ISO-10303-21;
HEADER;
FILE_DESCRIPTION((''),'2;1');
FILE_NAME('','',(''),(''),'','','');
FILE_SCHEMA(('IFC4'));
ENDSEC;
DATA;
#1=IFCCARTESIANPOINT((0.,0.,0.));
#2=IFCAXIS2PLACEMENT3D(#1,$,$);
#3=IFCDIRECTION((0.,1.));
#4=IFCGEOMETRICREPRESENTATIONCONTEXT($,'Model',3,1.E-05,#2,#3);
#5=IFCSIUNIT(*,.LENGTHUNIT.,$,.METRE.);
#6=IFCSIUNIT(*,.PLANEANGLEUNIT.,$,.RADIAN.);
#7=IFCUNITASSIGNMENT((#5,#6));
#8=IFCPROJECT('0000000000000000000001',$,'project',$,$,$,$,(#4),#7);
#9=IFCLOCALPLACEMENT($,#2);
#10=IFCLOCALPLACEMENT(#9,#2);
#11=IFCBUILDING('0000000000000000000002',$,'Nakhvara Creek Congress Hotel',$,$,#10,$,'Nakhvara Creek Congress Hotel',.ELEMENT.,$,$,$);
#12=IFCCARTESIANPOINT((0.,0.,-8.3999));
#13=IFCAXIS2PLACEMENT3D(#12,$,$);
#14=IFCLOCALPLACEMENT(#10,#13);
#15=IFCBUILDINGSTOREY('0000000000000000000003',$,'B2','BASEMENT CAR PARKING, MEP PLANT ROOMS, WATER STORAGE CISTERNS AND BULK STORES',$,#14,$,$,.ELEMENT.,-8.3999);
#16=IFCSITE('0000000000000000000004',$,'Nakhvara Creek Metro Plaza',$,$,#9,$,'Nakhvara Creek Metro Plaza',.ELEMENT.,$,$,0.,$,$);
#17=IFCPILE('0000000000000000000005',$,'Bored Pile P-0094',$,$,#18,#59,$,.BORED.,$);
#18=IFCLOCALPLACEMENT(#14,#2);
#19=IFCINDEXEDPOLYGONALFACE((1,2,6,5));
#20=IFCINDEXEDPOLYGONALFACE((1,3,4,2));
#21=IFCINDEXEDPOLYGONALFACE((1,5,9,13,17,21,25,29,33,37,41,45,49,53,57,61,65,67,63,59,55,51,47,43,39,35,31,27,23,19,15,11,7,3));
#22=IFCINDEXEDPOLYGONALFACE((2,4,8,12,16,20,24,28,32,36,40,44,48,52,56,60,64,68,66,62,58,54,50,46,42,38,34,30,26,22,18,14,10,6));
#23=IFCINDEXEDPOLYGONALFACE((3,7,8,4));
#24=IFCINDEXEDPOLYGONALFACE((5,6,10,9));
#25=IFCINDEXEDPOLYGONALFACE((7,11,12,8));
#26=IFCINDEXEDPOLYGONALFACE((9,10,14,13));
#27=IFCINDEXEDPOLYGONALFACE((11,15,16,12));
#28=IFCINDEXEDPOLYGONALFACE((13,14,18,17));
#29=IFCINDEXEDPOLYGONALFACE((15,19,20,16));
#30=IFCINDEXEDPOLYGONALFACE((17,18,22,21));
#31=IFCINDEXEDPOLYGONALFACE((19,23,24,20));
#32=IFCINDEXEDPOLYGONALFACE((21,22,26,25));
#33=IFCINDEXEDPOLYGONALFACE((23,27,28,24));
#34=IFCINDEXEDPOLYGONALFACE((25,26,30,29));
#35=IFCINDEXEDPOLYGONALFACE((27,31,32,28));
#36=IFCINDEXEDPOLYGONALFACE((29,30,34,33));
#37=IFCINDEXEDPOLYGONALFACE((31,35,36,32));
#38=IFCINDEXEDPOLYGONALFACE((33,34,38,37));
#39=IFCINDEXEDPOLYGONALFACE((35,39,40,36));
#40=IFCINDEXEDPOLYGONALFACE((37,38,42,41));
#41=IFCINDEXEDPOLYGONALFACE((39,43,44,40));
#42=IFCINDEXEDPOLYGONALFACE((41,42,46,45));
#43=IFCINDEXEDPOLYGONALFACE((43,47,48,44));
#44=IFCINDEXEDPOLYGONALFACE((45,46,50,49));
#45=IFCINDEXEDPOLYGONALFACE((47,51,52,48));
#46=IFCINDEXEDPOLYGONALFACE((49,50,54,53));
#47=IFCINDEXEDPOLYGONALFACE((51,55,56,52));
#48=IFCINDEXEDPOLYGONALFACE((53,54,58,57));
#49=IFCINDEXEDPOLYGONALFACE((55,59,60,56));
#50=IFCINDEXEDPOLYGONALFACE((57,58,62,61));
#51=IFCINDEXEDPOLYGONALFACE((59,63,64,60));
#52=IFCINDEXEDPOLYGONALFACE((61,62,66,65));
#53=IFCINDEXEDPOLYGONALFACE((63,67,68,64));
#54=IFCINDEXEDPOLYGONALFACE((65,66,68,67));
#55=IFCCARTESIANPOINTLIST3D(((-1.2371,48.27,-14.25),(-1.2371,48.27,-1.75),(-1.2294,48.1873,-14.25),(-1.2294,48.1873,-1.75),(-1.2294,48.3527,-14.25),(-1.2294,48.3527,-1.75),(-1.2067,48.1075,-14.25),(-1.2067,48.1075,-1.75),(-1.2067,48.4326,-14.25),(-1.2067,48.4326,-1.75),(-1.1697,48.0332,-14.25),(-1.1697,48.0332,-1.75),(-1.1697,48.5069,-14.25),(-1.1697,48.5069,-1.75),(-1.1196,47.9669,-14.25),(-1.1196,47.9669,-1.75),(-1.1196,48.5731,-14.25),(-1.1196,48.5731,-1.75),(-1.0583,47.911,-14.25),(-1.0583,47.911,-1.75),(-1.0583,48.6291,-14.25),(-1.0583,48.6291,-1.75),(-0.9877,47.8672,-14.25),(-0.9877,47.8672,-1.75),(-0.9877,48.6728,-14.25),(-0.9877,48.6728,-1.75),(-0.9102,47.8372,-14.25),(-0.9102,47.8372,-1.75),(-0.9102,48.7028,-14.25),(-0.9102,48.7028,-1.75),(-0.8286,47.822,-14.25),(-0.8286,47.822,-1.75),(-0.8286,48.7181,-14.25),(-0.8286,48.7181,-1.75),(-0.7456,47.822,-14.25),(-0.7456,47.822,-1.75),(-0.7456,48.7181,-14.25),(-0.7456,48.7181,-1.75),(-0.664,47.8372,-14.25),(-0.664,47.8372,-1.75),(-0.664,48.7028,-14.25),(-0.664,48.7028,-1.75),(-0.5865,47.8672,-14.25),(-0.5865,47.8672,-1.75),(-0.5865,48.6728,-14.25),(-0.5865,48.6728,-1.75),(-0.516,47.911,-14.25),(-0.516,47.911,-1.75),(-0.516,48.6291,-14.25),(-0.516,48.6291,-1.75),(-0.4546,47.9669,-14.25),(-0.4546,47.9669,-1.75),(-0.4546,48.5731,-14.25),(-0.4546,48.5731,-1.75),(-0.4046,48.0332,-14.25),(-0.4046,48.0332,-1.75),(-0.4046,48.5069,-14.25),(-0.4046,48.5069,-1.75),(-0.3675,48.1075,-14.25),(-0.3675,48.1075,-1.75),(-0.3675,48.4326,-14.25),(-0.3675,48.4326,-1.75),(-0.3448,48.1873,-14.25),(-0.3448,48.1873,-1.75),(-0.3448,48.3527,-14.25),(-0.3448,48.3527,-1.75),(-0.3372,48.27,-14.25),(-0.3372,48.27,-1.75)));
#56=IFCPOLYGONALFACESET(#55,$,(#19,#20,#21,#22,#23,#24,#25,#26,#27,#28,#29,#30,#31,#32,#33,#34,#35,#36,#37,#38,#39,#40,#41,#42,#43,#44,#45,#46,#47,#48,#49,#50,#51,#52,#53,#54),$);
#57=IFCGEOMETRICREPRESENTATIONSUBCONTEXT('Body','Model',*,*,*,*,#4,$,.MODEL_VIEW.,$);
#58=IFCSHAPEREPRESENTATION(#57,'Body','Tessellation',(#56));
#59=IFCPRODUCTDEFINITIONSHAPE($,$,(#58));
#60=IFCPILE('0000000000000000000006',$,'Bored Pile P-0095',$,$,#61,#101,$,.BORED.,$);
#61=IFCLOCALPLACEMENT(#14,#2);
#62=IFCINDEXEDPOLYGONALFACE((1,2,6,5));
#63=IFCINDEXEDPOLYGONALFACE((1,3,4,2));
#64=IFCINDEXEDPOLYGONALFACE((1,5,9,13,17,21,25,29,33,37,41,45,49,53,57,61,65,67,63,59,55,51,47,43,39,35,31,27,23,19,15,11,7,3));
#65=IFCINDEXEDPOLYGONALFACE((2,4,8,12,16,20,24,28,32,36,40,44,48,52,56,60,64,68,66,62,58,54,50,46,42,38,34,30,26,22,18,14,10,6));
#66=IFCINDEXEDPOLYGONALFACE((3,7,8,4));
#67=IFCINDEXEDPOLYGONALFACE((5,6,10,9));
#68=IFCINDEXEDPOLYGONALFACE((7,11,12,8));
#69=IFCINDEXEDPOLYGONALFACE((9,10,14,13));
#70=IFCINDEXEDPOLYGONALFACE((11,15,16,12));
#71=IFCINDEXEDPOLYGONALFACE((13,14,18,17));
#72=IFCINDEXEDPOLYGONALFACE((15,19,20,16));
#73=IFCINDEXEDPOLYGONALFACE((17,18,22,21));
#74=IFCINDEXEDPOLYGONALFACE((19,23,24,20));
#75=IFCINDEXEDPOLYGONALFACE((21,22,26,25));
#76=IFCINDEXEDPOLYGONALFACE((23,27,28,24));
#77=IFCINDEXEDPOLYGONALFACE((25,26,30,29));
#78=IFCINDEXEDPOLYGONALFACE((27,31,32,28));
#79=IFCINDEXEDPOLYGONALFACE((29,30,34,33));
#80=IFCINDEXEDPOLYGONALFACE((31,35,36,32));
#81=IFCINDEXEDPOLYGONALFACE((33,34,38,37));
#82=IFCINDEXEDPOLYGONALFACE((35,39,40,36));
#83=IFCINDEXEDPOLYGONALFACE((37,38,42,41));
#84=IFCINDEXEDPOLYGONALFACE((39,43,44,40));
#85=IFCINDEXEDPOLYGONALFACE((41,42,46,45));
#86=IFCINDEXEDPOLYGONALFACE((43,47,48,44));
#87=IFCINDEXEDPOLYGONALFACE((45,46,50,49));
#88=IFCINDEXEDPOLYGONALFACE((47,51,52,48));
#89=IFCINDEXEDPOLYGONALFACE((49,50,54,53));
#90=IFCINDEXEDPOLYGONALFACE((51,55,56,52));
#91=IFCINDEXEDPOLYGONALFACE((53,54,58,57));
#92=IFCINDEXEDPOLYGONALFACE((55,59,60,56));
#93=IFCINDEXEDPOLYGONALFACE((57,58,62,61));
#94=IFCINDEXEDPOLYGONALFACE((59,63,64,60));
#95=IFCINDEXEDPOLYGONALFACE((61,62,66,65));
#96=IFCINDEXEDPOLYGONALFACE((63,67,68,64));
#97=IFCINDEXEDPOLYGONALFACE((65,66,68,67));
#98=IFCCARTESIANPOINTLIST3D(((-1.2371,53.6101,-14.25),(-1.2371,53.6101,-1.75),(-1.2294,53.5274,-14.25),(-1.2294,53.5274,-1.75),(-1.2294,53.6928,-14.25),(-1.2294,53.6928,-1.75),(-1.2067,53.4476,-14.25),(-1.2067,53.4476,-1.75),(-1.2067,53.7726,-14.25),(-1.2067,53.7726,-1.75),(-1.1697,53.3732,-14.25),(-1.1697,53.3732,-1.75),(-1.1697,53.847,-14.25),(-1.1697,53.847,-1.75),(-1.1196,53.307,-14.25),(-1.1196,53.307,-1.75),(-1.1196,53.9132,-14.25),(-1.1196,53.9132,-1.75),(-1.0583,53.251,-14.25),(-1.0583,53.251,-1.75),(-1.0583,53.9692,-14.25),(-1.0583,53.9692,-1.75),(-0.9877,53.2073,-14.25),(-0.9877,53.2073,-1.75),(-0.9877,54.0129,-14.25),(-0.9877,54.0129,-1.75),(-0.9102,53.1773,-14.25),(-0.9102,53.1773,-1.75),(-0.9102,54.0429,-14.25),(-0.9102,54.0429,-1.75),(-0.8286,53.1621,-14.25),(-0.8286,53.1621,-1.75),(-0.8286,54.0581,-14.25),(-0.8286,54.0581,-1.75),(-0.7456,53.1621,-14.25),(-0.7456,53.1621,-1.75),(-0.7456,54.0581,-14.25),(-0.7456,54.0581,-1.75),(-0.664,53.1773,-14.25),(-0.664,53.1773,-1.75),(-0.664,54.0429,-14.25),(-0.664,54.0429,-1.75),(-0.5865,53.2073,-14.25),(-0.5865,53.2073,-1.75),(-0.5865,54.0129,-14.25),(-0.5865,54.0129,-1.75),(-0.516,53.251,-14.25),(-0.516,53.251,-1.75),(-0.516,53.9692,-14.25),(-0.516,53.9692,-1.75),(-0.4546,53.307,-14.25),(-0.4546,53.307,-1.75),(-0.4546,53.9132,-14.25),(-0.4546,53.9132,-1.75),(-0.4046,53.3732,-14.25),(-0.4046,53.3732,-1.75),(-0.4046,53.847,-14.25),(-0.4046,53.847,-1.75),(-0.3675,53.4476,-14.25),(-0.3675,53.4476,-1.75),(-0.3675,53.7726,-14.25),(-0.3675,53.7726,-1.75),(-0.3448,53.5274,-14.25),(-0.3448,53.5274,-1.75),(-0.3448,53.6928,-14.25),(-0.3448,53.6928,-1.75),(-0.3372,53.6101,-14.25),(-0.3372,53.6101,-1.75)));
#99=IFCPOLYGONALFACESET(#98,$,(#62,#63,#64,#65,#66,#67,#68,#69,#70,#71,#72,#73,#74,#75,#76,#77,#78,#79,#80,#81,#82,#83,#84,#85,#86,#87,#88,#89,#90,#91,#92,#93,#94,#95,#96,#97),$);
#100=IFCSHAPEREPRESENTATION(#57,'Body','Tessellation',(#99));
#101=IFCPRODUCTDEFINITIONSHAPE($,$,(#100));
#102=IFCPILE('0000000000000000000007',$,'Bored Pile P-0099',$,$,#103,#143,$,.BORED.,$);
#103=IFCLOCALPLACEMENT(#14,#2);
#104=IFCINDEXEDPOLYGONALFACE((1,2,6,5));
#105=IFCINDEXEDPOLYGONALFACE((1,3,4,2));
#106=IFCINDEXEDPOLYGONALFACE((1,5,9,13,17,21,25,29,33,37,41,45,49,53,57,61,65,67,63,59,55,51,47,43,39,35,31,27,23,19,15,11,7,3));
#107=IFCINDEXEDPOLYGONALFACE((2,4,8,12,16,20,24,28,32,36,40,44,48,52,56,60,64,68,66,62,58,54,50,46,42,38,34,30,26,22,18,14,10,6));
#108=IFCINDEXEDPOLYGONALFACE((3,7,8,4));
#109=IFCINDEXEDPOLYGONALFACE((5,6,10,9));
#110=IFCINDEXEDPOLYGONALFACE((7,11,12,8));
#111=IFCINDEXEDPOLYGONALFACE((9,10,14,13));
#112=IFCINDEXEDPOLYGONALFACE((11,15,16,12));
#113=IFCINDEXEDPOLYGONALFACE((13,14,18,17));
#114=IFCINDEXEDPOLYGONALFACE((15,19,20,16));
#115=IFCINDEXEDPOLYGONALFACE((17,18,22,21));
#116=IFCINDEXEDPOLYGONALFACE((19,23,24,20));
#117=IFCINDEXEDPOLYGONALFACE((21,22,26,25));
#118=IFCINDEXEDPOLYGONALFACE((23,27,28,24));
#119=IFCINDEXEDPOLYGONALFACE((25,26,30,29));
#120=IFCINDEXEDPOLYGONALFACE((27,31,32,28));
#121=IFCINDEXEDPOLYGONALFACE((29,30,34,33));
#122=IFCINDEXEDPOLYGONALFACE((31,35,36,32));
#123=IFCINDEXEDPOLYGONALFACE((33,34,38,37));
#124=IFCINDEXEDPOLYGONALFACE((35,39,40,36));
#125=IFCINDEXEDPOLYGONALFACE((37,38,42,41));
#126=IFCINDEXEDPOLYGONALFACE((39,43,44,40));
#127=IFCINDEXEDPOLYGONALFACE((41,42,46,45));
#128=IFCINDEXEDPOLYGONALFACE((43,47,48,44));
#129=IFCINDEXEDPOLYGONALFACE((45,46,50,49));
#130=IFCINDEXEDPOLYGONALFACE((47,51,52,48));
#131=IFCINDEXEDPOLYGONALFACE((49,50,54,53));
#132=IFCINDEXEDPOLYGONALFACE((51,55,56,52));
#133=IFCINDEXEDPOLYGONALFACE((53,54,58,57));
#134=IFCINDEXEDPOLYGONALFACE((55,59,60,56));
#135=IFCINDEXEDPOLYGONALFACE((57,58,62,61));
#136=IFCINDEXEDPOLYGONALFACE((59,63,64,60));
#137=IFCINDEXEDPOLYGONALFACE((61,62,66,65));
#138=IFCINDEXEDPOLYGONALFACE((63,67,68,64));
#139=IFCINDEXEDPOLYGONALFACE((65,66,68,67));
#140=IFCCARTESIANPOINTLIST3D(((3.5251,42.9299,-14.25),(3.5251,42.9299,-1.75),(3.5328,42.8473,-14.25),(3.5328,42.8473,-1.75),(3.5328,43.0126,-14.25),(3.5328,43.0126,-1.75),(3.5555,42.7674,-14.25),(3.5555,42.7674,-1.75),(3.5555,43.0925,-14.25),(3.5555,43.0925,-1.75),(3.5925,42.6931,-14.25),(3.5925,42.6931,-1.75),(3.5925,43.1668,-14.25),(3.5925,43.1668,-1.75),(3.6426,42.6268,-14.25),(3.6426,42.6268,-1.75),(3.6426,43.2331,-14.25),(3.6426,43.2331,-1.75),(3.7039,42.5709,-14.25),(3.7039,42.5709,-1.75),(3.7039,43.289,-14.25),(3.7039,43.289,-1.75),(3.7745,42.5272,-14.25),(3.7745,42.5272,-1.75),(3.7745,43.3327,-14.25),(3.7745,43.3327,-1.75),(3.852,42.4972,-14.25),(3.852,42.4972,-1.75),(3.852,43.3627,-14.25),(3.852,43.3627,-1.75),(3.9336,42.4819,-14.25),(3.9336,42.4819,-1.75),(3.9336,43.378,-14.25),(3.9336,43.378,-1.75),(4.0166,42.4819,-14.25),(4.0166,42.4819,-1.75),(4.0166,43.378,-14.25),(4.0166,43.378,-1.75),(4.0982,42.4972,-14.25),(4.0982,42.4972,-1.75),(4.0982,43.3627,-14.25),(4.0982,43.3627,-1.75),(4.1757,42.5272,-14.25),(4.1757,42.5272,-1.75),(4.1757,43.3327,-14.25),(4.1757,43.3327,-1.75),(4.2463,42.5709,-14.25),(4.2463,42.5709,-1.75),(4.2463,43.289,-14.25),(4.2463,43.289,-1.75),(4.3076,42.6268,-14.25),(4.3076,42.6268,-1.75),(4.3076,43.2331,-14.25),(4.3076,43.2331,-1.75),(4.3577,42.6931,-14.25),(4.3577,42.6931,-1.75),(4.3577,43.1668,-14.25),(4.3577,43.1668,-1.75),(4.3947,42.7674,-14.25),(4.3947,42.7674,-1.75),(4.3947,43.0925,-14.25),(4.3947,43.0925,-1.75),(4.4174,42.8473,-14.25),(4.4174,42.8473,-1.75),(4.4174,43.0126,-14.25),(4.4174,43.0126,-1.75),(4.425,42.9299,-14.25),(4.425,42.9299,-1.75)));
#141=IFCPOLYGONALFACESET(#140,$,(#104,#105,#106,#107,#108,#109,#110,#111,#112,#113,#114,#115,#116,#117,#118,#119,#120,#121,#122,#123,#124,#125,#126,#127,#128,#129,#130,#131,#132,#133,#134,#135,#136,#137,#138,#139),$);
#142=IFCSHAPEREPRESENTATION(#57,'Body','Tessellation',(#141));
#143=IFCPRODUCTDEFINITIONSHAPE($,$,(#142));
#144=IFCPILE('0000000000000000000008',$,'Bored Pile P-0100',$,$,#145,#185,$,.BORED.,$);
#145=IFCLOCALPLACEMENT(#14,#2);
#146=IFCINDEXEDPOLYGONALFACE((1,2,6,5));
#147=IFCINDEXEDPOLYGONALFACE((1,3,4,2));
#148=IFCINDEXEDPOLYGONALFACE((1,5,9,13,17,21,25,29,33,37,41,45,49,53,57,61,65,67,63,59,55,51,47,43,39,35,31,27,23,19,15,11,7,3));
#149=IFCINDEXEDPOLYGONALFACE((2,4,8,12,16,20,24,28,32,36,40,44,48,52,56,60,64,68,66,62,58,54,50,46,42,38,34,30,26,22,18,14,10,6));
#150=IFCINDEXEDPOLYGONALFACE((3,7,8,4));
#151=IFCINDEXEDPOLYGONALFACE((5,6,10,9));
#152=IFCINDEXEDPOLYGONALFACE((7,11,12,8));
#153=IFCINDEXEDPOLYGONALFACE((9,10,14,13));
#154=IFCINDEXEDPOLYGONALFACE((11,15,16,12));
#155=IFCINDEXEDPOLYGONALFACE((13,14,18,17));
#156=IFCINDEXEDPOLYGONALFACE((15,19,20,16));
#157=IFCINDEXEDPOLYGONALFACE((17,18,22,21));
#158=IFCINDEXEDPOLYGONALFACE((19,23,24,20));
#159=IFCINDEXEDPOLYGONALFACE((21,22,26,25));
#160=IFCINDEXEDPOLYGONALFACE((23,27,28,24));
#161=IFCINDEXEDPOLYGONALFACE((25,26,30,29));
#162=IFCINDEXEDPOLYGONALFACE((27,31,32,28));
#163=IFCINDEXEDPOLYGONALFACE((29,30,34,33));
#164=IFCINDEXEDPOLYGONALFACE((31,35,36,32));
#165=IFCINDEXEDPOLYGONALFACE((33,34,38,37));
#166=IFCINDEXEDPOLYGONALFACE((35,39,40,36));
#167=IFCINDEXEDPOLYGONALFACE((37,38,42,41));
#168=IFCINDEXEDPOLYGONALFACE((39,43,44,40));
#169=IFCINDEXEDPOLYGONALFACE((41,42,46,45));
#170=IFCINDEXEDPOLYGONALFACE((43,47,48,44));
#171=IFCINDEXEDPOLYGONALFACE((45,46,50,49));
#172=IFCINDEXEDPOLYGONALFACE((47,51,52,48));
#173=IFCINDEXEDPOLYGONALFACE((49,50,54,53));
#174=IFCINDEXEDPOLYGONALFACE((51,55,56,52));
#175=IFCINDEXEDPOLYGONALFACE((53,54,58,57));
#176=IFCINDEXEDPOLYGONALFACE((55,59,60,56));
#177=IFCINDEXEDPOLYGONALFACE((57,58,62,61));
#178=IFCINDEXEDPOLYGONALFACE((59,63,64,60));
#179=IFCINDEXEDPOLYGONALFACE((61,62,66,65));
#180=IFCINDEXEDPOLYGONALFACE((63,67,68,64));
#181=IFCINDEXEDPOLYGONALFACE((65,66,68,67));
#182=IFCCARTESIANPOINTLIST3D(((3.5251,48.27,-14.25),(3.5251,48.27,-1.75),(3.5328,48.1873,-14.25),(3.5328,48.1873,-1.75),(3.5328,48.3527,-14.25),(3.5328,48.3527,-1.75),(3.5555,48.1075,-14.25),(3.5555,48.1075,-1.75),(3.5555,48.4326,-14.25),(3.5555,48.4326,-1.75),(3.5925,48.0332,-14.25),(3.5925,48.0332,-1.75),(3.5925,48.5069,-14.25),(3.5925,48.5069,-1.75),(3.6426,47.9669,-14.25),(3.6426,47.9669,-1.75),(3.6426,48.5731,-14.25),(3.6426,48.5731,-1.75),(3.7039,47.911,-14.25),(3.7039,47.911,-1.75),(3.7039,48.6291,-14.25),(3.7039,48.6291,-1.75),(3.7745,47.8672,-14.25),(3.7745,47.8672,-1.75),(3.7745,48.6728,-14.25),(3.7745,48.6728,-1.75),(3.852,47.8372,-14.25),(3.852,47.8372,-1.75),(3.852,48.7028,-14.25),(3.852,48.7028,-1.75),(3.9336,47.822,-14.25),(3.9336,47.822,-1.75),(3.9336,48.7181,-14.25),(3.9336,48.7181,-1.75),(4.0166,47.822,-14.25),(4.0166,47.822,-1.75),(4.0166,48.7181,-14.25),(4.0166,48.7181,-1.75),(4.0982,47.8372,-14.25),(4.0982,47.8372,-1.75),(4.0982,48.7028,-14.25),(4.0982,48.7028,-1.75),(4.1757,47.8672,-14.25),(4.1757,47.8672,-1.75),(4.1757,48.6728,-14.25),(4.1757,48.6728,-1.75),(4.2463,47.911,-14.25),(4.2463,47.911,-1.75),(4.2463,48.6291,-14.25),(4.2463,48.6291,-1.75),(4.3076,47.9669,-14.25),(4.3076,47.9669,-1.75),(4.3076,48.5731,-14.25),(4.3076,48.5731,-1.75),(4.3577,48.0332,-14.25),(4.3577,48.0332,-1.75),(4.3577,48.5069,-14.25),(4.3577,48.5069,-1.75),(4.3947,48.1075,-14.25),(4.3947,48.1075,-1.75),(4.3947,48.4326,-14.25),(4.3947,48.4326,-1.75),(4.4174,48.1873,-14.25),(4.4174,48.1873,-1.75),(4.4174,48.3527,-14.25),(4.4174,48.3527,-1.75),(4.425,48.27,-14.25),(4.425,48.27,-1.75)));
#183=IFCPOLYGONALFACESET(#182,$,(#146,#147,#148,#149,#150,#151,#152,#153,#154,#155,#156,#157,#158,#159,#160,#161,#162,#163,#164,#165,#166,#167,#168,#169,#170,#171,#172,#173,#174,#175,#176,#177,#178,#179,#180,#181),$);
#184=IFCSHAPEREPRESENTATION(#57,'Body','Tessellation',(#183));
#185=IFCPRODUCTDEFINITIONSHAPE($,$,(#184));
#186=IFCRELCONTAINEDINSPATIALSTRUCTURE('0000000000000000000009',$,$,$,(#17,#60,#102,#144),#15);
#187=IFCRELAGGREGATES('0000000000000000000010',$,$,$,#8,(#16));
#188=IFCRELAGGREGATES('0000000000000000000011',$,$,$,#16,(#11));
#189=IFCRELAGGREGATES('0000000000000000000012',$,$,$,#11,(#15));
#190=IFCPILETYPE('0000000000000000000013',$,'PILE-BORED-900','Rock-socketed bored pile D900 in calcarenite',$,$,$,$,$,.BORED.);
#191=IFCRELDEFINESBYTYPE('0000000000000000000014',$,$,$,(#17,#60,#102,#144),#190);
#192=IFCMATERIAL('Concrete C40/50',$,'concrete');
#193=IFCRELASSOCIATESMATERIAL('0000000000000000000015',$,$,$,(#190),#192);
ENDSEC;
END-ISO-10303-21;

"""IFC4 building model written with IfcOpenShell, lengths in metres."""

from ifc_helpers import new_model, si_unit, direction, frame, origin, origin_2d, place, context, subcontext, project, spatial, circle, extrude, material, material_profile, profile_set, type_object, element, save


model = new_model("IFC4")

# Units and contexts
model_context = context("Model", 3, precision=1e-05, world=origin(), true_north=direction((0.0, 1.0)))
body_context = subcontext(model_context, "Body", "Model", "MODEL_VIEW")
ifc_project = project(units=[si_unit("LENGTHUNIT", "METRE"), si_unit("PLANEANGLEUNIT", "RADIAN")], contexts=[model_context])

# Site, building, storey
site_placement = place(None, origin())
site = spatial("IfcSite", under=ifc_project, at=site_placement, Name="Nakhvara Creek Metro Plaza", LongName="Nakhvara Creek Metro Plaza", CompositionType="ELEMENT", RefElevation=0.0)
building_placement = place(site_placement, origin())
building = spatial("IfcBuilding", under=site, at=building_placement, Name="Nakhvara Creek Congress Hotel", LongName="Nakhvara Creek Congress Hotel", CompositionType="ELEMENT")
storey_placement = place(building_placement, frame((0.0, 0.0, -8.3999)))
storey = spatial("IfcBuildingStorey", under=building, at=storey_placement, Name="B2", Description="BASEMENT CAR PARKING, MEP PLANT ROOMS, WATER STORAGE CISTERNS AND BULK STORES", CompositionType="ELEMENT", Elevation=-8.3999)

# Shared definitions
ifc_material_1 = material(Name="Concrete C40/50", Category="concrete")

# Piles
ifc_material_profile_1 = material_profile(ifc_material_1, circle(Radius=0.45, at=origin_2d()), Name="BORED PILE D900", Category="LoadBearing")
ifc_profile_set_1 = profile_set([ifc_material_profile_1], Name="Concrete C40/50")
pile_type = type_object("IfcPileType", Name="PILE-BORED-900", Description="Rock-socketed bored pile D900 in calcarenite", PredefinedType="BORED", material=ifc_profile_set_1)
for number, where, z_axis, x_axis, name in (
    (1, (-0.7871, 48.27, -1.75), (0.0, 0.0, -1.0), (1.0, 0.0, 0.0), "Bored Pile P-0094"),
    (2, (-0.7871, 53.6101, -1.75), (0.0, 0.0, -1.0), (1.0, 0.0, 0.0), "Bored Pile P-0095"),
    (3, (3.9751, 42.9299, -1.75), (0.0, 0.0, -1.0), (1.0, 0.0, 0.0), "Bored Pile P-0099"),
    (4, (3.9751, 48.27, -1.75), (0.0, 0.0, -1.0), (1.0, 0.0, 0.0), "Bored Pile P-0100"),
):
    element("IfcPile", number, at=place(storey_placement, frame(where, z_axis=z_axis, x_axis=x_axis)), inside=storey, type_object=pile_type, Name=name, PredefinedType="BORED", context=body_context, shape_type="SweptSolid", body=[
        extrude(circle(Radius=0.45, at=origin_2d()), origin(), (0.0, 0.0, 1.0), 12.5),
    ])

save(model, "model.ifc")
